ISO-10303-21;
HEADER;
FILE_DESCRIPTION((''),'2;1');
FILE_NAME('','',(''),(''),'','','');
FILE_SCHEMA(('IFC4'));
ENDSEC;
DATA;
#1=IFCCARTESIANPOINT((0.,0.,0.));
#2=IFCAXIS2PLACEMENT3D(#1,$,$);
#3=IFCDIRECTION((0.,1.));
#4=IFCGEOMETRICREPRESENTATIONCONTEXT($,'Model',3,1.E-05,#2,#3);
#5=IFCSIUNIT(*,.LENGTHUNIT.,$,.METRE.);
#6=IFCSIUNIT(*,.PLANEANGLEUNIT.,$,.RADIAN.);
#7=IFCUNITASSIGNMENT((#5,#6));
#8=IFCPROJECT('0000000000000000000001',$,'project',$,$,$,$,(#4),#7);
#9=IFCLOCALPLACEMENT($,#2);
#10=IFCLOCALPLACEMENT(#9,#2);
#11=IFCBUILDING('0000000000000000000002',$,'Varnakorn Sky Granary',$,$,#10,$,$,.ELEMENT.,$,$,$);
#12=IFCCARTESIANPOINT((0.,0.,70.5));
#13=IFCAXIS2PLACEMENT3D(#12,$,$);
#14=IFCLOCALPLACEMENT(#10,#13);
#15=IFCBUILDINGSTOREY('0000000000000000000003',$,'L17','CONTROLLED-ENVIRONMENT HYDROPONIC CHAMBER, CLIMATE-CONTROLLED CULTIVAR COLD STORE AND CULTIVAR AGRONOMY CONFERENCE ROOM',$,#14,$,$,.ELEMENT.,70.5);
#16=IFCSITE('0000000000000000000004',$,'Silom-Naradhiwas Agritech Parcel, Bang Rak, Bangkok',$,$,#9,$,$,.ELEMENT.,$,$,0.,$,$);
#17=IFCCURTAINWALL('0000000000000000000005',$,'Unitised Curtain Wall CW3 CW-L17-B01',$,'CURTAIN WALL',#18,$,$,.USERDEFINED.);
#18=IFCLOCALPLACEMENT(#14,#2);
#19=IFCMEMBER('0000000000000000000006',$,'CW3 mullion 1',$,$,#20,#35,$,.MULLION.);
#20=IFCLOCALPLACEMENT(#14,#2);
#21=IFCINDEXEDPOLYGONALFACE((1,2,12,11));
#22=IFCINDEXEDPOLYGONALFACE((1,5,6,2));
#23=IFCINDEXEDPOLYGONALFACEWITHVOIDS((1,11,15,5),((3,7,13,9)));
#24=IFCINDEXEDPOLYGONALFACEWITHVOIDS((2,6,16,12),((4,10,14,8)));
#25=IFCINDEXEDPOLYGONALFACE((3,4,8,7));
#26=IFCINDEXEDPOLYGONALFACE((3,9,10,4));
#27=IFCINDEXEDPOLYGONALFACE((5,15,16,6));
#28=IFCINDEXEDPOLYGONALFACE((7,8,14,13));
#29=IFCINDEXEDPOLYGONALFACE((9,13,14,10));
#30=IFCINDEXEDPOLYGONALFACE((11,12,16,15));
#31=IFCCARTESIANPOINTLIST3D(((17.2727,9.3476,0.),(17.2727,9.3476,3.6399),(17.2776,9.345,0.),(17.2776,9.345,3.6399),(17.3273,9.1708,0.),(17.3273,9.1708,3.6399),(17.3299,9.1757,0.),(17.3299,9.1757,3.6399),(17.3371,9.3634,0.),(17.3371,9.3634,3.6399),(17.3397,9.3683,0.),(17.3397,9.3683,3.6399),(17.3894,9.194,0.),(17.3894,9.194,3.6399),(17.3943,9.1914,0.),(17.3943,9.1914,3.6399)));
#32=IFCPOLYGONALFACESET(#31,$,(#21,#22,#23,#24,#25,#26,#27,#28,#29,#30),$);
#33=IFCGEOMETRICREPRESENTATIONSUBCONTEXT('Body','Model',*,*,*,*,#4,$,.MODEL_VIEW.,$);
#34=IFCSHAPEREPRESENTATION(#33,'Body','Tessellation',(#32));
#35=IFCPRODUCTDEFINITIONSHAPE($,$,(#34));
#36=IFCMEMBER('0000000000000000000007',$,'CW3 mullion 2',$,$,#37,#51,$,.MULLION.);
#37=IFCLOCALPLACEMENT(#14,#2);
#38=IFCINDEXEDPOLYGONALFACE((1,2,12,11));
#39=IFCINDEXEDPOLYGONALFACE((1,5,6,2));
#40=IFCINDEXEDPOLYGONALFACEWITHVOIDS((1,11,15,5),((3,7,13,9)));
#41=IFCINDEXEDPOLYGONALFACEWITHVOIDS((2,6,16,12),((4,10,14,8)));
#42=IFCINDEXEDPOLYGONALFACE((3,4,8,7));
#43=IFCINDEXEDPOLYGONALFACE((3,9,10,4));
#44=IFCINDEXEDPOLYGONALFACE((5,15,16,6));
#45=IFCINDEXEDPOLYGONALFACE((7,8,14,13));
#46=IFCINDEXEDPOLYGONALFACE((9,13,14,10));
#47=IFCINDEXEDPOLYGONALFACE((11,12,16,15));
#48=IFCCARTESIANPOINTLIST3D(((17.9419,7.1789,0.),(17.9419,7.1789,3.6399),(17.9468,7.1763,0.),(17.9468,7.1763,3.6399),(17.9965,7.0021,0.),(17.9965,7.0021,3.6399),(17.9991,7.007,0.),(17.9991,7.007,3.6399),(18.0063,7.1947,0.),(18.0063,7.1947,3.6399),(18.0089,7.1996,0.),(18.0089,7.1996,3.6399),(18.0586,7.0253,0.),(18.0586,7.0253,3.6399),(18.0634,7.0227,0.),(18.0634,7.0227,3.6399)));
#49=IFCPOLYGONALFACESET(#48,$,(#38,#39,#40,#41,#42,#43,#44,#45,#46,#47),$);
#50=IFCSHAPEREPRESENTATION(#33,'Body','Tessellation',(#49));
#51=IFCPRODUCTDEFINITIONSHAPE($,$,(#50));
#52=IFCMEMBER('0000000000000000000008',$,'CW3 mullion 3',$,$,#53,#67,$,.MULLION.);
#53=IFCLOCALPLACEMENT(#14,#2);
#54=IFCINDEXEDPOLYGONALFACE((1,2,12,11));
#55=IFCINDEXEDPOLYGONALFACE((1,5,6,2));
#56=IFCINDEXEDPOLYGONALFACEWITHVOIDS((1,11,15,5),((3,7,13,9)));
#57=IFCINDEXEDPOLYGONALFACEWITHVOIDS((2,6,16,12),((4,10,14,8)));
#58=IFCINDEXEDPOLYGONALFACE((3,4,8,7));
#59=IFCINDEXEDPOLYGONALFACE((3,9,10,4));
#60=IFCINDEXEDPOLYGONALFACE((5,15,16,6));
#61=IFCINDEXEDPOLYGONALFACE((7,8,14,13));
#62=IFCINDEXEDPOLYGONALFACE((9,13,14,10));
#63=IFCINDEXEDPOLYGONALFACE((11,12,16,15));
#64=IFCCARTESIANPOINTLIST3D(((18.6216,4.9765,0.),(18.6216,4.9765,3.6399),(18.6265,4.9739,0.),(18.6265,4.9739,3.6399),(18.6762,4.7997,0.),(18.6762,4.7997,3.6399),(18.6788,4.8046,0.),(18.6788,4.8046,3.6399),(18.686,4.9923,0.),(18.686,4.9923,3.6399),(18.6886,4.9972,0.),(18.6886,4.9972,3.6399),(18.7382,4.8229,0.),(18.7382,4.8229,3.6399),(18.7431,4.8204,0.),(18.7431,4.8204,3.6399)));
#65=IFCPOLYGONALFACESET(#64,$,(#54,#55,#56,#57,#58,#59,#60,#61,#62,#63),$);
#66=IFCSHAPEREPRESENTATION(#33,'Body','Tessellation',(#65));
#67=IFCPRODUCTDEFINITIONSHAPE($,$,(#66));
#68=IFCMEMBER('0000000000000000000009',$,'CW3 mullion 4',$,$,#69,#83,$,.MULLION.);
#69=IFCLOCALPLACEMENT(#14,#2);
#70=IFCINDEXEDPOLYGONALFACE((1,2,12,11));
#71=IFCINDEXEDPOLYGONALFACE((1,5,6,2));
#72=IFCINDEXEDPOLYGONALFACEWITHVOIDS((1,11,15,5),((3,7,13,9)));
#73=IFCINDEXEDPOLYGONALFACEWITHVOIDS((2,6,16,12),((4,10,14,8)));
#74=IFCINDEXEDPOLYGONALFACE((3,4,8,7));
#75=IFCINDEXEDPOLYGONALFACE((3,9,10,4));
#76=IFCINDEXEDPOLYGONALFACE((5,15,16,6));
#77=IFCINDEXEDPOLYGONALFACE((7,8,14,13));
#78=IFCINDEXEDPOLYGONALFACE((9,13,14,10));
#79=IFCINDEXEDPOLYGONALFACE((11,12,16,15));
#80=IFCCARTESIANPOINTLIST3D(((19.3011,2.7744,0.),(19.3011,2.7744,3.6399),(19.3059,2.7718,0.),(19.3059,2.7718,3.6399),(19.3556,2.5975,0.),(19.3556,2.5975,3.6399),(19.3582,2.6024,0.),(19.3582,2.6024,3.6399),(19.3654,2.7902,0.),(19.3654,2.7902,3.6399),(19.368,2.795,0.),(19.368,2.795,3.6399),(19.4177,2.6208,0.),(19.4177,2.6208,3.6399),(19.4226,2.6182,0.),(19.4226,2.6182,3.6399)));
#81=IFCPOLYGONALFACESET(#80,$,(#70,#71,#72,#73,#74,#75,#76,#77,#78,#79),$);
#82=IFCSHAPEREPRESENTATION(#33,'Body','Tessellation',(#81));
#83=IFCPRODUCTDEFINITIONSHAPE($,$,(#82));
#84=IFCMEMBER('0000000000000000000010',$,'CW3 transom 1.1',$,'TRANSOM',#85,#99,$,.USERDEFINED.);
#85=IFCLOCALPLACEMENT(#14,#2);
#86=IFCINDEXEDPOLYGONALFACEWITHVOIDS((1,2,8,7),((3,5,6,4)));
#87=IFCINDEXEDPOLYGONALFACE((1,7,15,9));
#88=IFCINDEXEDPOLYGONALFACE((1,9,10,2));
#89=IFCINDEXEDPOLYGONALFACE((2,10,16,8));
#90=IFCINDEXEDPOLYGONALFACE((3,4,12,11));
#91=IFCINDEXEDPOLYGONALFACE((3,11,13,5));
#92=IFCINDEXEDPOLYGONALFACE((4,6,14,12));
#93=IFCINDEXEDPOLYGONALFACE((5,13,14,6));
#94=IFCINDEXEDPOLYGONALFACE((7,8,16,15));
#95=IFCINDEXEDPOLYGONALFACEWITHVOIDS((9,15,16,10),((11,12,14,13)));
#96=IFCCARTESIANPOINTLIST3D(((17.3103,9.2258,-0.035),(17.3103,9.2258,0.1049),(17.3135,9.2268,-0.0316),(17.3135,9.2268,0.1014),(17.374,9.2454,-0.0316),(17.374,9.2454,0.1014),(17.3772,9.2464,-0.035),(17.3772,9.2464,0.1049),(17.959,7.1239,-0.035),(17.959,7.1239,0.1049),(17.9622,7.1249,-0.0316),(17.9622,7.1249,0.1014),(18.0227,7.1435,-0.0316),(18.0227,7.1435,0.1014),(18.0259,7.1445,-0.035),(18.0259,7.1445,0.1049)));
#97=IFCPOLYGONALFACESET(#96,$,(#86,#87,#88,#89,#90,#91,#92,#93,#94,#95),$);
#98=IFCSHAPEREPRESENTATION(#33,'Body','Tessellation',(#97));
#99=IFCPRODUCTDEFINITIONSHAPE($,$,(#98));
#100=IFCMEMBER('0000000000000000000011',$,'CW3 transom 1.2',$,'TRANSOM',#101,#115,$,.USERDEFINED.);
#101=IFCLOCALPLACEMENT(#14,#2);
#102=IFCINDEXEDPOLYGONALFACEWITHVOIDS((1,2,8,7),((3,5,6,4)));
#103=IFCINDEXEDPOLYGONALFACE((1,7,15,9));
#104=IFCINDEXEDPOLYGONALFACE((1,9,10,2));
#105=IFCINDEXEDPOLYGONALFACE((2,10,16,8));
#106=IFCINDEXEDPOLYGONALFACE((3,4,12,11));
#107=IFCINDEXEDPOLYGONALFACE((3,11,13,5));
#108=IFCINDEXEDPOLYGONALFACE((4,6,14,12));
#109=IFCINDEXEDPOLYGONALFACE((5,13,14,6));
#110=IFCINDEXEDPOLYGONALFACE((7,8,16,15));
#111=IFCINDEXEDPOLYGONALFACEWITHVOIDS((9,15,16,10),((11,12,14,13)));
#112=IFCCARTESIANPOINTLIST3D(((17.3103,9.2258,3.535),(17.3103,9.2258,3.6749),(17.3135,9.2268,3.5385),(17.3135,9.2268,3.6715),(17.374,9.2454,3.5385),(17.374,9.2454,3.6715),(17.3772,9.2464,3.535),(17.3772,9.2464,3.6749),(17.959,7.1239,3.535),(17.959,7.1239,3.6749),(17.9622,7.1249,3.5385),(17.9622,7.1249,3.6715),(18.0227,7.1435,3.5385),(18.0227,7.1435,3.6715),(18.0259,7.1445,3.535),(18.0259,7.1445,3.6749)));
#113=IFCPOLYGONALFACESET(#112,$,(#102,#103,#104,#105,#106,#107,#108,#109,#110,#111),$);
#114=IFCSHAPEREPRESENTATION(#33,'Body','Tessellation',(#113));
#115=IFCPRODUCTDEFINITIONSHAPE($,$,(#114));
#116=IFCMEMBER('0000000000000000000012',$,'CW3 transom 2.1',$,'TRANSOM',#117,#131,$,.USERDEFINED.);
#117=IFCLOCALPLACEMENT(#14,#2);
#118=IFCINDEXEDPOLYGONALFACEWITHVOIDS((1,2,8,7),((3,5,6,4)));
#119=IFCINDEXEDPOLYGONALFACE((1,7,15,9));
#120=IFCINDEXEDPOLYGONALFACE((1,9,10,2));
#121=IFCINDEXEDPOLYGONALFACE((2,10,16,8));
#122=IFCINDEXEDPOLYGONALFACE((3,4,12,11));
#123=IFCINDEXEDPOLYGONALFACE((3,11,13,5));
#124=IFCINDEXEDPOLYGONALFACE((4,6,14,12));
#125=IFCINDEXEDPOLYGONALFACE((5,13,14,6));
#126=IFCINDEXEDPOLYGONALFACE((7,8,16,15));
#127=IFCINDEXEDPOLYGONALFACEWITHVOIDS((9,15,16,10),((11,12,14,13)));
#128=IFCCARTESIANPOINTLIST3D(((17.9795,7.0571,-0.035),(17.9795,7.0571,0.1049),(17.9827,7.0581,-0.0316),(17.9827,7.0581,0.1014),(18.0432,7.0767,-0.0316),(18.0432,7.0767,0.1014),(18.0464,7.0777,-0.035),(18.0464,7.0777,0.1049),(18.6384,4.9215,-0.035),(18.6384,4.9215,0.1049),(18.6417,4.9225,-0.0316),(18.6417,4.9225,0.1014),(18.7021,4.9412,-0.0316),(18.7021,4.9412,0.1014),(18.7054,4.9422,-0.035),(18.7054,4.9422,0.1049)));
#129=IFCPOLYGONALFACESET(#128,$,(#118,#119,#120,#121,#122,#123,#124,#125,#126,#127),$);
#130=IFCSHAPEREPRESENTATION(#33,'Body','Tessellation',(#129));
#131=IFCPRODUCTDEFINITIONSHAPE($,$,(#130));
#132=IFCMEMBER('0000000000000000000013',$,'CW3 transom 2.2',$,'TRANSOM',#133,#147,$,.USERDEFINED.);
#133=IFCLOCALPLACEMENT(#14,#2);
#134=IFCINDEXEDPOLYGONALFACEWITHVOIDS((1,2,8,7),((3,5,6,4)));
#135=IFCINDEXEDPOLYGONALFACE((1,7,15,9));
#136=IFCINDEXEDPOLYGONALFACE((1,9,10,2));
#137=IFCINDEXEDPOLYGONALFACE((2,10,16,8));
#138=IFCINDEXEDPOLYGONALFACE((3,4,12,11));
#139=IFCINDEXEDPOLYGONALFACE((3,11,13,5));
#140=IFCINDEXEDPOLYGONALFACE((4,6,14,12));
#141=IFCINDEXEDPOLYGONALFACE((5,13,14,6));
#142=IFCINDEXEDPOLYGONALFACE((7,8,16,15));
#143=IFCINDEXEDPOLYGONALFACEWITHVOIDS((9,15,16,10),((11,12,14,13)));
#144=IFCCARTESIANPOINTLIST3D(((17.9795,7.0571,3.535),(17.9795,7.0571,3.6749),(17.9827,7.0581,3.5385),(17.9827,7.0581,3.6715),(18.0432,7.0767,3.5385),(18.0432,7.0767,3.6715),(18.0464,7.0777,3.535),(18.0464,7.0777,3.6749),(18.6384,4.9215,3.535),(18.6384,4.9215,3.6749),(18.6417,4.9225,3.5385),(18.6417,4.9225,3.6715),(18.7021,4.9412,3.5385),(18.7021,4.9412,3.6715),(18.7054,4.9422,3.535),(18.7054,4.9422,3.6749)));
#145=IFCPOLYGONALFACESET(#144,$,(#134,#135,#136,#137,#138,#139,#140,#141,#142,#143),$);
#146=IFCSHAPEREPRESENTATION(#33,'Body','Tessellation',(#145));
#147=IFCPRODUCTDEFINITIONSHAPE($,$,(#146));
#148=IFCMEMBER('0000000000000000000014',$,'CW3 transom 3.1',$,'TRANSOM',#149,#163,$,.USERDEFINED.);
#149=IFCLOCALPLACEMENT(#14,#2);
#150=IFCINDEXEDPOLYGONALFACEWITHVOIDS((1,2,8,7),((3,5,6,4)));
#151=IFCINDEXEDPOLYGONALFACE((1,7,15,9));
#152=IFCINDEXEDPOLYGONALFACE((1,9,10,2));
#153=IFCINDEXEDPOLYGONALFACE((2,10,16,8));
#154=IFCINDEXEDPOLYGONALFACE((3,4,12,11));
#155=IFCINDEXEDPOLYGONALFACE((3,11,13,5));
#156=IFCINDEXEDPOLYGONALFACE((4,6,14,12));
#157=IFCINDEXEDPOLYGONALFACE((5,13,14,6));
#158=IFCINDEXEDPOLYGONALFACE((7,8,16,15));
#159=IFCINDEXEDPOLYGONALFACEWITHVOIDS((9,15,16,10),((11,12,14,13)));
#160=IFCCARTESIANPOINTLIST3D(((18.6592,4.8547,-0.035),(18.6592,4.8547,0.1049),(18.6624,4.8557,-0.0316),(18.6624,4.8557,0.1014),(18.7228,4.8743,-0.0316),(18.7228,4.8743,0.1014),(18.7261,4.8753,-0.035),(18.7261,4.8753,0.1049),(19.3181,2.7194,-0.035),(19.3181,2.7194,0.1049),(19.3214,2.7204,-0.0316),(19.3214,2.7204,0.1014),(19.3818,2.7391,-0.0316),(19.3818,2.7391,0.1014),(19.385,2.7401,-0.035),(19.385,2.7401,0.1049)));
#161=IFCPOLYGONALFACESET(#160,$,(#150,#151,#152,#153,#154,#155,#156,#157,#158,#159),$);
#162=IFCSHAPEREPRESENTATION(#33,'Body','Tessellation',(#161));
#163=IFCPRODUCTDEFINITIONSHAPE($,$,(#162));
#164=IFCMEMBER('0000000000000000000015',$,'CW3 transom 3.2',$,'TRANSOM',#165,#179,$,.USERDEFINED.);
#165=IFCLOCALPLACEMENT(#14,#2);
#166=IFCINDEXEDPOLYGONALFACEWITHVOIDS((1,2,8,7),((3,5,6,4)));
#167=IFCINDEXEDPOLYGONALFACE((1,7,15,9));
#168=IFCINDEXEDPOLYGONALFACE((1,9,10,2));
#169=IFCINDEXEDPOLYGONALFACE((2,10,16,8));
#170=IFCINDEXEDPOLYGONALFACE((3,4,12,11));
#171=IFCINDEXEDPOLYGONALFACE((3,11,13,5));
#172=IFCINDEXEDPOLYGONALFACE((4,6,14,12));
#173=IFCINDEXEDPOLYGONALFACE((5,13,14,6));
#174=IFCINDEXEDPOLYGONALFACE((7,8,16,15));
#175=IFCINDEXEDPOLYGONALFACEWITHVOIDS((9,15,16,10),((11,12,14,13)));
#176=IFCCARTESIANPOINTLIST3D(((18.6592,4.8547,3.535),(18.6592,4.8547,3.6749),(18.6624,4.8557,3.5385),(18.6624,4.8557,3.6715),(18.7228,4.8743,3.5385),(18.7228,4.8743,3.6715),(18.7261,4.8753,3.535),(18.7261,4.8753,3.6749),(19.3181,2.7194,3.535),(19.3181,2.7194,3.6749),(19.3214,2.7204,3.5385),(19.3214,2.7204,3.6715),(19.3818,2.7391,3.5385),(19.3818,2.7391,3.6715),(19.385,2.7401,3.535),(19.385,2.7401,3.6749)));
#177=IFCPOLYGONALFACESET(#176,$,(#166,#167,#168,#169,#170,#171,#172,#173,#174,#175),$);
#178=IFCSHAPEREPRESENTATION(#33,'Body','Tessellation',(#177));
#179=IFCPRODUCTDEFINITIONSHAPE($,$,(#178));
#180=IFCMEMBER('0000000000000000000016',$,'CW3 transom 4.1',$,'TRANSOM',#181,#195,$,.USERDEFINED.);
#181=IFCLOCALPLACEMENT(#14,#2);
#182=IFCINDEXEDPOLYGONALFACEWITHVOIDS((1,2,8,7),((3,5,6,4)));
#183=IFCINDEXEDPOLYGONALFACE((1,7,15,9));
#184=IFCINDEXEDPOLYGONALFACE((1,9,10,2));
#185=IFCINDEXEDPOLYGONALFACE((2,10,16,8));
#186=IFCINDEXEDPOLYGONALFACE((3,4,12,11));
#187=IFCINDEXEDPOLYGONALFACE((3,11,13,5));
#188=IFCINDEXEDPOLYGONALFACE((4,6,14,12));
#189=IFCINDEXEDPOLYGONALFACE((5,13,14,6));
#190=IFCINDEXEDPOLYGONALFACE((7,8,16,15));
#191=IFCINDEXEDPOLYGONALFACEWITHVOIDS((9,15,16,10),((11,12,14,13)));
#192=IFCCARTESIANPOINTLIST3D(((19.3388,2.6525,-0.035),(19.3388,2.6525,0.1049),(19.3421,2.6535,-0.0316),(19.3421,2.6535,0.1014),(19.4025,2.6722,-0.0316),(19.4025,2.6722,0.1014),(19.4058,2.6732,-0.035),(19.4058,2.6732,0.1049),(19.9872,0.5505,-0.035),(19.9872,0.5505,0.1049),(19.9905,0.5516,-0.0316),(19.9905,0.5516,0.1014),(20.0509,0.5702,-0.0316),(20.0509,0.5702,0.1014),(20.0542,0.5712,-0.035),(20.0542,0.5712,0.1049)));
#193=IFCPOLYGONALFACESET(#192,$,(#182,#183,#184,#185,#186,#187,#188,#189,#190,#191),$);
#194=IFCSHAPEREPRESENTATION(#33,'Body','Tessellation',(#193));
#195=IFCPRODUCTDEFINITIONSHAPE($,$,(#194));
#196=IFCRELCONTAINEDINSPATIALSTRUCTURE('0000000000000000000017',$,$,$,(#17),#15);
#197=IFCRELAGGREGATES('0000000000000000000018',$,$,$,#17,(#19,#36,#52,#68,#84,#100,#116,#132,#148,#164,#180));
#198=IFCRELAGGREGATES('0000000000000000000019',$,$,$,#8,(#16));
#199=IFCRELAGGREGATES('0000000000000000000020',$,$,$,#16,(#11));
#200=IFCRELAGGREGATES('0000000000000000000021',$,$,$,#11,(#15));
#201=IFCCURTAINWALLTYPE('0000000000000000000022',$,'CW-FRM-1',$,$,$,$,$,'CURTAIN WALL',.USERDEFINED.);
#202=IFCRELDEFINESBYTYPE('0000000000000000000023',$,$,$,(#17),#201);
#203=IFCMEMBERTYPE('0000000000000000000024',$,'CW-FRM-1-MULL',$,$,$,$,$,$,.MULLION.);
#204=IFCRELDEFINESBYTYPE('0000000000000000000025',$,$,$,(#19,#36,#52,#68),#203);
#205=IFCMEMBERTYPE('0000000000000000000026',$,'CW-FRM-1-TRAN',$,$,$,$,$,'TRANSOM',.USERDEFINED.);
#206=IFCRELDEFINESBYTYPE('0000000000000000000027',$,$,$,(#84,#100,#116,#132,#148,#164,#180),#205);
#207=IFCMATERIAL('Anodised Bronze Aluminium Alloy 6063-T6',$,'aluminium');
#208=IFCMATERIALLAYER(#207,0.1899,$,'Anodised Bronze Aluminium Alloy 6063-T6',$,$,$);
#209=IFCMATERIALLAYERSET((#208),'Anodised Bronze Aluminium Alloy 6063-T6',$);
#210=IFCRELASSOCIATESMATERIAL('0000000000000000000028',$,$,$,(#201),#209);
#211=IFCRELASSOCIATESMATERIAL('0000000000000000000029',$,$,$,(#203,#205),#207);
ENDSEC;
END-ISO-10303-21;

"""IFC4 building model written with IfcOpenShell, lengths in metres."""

from ifc_helpers import new_model, si_unit, direction, frame, origin, origin_2d, place, context, subcontext, project, spatial, hollow_rectangle, extrude, material, layer, layer_set, material_profile, profile_set, type_object, element, aggregate, save


model = new_model("IFC4")

# Units and contexts
model_context = context("Model", 3, precision=1e-05, world=origin(), true_north=direction((0.0, 1.0)))
body_context = subcontext(model_context, "Body", "Model", "MODEL_VIEW")
ifc_project = project(units=[si_unit("LENGTHUNIT", "METRE"), si_unit("PLANEANGLEUNIT", "RADIAN")], contexts=[model_context])

# Site, building, storey
site_placement = place(None, origin())
site = spatial("IfcSite", under=ifc_project, at=site_placement, Name="Silom-Naradhiwas Agritech Parcel, Bang Rak, Bangkok", CompositionType="ELEMENT", RefElevation=0.0)
building_placement = place(site_placement, origin())
building = spatial("IfcBuilding", under=site, at=building_placement, Name="Varnakorn Sky Granary", CompositionType="ELEMENT")
storey_placement = place(building_placement, frame((0.0, 0.0, 70.5)))
storey = spatial("IfcBuildingStorey", under=building, at=storey_placement, Name="L17", Description="CONTROLLED-ENVIRONMENT HYDROPONIC CHAMBER, CLIMATE-CONTROLLED CULTIVAR COLD STORE AND CULTIVAR AGRONOMY CONFERENCE ROOM", CompositionType="ELEMENT", Elevation=70.5)

# Curtain wall, members
ifc_material_1 = material(Name="Anodised Bronze Aluminium Alloy 6063-T6", Category="aluminium")
ifc_layer_1 = layer(ifc_material_1, 0.1899, Name="Anodised Bronze Aluminium Alloy 6063-T6")
ifc_layer_set_1 = layer_set([ifc_layer_1], Name="Anodised Bronze Aluminium Alloy 6063-T6")
curtain_wall_type = type_object("IfcCurtainWallType", Name="CW-FRM-1", ElementType="CURTAIN WALL", PredefinedType="USERDEFINED", material=ifc_layer_set_1)
curtain_wall_placement = place(storey_placement, origin())
curtain_wall = element("IfcCurtainWall", 1, at=curtain_wall_placement, inside=storey, type_object=curtain_wall_type, Name="Unitised Curtain Wall CW3 CW-L17-B01", ObjectType="CURTAIN WALL", PredefinedType="USERDEFINED")
ifc_material_profile_1 = material_profile(ifc_material_1, hollow_rectangle(XDim=0.0701, YDim=0.1851, WallThickness=0.0039, at=origin_2d()), Name="ALU MULL 70x185")
ifc_profile_set_1 = profile_set([ifc_material_profile_1], Name="Anodised Bronze Aluminium Alloy 6063-T6")
member_type_1 = type_object("IfcMemberType", Name="CW-FRM-1-MULL", PredefinedType="MULLION", material=ifc_profile_set_1)
member_1_placement = place(storey_placement, frame((17.3335, 9.2695, 0.0), z_axis=(0.0, 0.0, 1.0), x_axis=(0.955537, 0.294872, 0.0)))
member_1 = element("IfcMember", 2, at=member_1_placement, type_object=member_type_1, Name="CW3 mullion 1", PredefinedType="MULLION", context=body_context, shape_type="SweptSolid", body=[
    extrude(hollow_rectangle(XDim=0.0701, YDim=0.1851, WallThickness=0.0039, at=origin_2d()), origin(), (0.0, 0.0, 1.0), 3.6399),
])
member_2_placement = place(storey_placement, frame((18.0027, 7.1008, 0.0), z_axis=(0.0, 0.0, 1.0), x_axis=(0.955537, 0.294872, 0.0)))
member_2 = element("IfcMember", 3, at=member_2_placement, type_object=member_type_1, Name="CW3 mullion 2", PredefinedType="MULLION", context=body_context, shape_type="SweptSolid", body=[
    extrude(hollow_rectangle(XDim=0.0701, YDim=0.1851, WallThickness=0.0039, at=origin_2d()), origin(), (0.0, 0.0, 1.0), 3.6399),
])
member_3_placement = place(storey_placement, frame((18.6824, 4.8984, 0.0), z_axis=(0.0, 0.0, 1.0), x_axis=(0.955537, 0.294872, 0.0)))
member_3 = element("IfcMember", 4, at=member_3_placement, type_object=member_type_1, Name="CW3 mullion 3", PredefinedType="MULLION", context=body_context, shape_type="SweptSolid", body=[
    extrude(hollow_rectangle(XDim=0.0701, YDim=0.1851, WallThickness=0.0039, at=origin_2d()), origin(), (0.0, 0.0, 1.0), 3.6399),
])
member_4_placement = place(storey_placement, frame((19.3618, 2.6963, 0.0), z_axis=(0.0, 0.0, 1.0), x_axis=(0.955537, 0.294872, 0.0)))
member_4 = element("IfcMember", 5, at=member_4_placement, type_object=member_type_1, Name="CW3 mullion 4", PredefinedType="MULLION", context=body_context, shape_type="SweptSolid", body=[
    extrude(hollow_rectangle(XDim=0.0701, YDim=0.1851, WallThickness=0.0039, at=origin_2d()), origin(), (0.0, 0.0, 1.0), 3.6399),
])
ifc_material_profile_2 = material_profile(ifc_material_1, hollow_rectangle(XDim=0.0701, YDim=0.1399, WallThickness=0.0034, at=origin_2d()), Name="ALU TRAN 70x140")
ifc_profile_set_2 = profile_set([ifc_material_profile_2], Name="Anodised Bronze Aluminium Alloy 6063-T6")
member_type_2 = type_object("IfcMemberType", Name="CW-FRM-1-TRAN", ElementType="TRANSOM", PredefinedType="USERDEFINED", material=ifc_profile_set_2)
member_5_placement = place(storey_placement, frame((17.3438, 9.2361, 0.0349), z_axis=(0.294905, -0.955527, 0.0), x_axis=(0.955527, 0.294905, 0.0)))
member_5 = element("IfcMember", 6, at=member_5_placement, type_object=member_type_2, Name="CW3 transom 1.1", ObjectType="TRANSOM", PredefinedType="USERDEFINED", context=body_context, shape_type="SweptSolid", body=[
    extrude(hollow_rectangle(XDim=0.0701, YDim=0.1399, WallThickness=0.0034, at=origin_2d()), origin(), (0.0, 0.0, 1.0), 2.1997),
])
member_6_placement = place(storey_placement, frame((17.3438, 9.2361, 3.605), z_axis=(0.294905, -0.955527, 0.0), x_axis=(0.955527, 0.294905, 0.0)))
member_6 = element("IfcMember", 7, at=member_6_placement, type_object=member_type_2, Name="CW3 transom 1.2", ObjectType="TRANSOM", PredefinedType="USERDEFINED", context=body_context, shape_type="SweptSolid", body=[
    extrude(hollow_rectangle(XDim=0.0701, YDim=0.1399, WallThickness=0.0034, at=origin_2d()), origin(), (0.0, 0.0, 1.0), 2.1997),
])
member_7_placement = place(storey_placement, frame((18.0129, 7.0674, 0.0349), z_axis=(0.294846, -0.955545, 0.0), x_axis=(0.955545, 0.294846, 0.0)))
member_7 = element("IfcMember", 8, at=member_7_placement, type_object=member_type_2, Name="CW3 transom 2.1", ObjectType="TRANSOM", PredefinedType="USERDEFINED", context=body_context, shape_type="SweptSolid", body=[
    extrude(hollow_rectangle(XDim=0.0701, YDim=0.1399, WallThickness=0.0034, at=origin_2d()), origin(), (0.0, 0.0, 1.0), 2.2349),
])
member_8_placement = place(storey_placement, frame((18.0129, 7.0674, 3.605), z_axis=(0.294846, -0.955545, 0.0), x_axis=(0.955545, 0.294846, 0.0)))
member_8 = element("IfcMember", 9, at=member_8_placement, type_object=member_type_2, Name="CW3 transom 2.2", ObjectType="TRANSOM", PredefinedType="USERDEFINED", context=body_context, shape_type="SweptSolid", body=[
    extrude(hollow_rectangle(XDim=0.0701, YDim=0.1399, WallThickness=0.0034, at=origin_2d()), origin(), (0.0, 0.0, 1.0), 2.2349),
])
member_9_placement = place(storey_placement, frame((18.6926, 4.865, 0.0349), z_axis=(0.294877, -0.955535, 0.0), x_axis=(0.955535, 0.294877, 0.0)))
member_9 = element("IfcMember", 10, at=member_9_placement, type_object=member_type_2, Name="CW3 transom 3.1", ObjectType="TRANSOM", PredefinedType="USERDEFINED", context=body_context, shape_type="SweptSolid", body=[
    extrude(hollow_rectangle(XDim=0.0701, YDim=0.1399, WallThickness=0.0034, at=origin_2d()), origin(), (0.0, 0.0, 1.0), 2.2346),
])
member_10_placement = place(storey_placement, frame((18.6926, 4.865, 3.605), z_axis=(0.294877, -0.955535, 0.0), x_axis=(0.955535, 0.294877, 0.0)))
member_10 = element("IfcMember", 11, at=member_10_placement, type_object=member_type_2, Name="CW3 transom 3.2", ObjectType="TRANSOM", PredefinedType="USERDEFINED", context=body_context, shape_type="SweptSolid", body=[
    extrude(hollow_rectangle(XDim=0.0701, YDim=0.1399, WallThickness=0.0034, at=origin_2d()), origin(), (0.0, 0.0, 1.0), 2.2346),
])
member_11_placement = place(storey_placement, frame((19.3723, 2.6628, 0.0349), z_axis=(0.294772, -0.955568, 0.0), x_axis=(0.955568, 0.294772, 0.0)))
member_11 = element("IfcMember", 12, at=member_11_placement, type_object=member_type_2, Name="CW3 transom 4.1", ObjectType="TRANSOM", PredefinedType="USERDEFINED", context=body_context, shape_type="SweptSolid", body=[
    extrude(hollow_rectangle(XDim=0.0701, YDim=0.1399, WallThickness=0.0034, at=origin_2d()), origin(), (0.0, 0.0, 1.0), 2.1997),
])

aggregate(curtain_wall, [member_1, member_2, member_3, member_4, member_5, member_6, member_7, member_8, member_9, member_10, member_11])

save(model, "model.ifc")
